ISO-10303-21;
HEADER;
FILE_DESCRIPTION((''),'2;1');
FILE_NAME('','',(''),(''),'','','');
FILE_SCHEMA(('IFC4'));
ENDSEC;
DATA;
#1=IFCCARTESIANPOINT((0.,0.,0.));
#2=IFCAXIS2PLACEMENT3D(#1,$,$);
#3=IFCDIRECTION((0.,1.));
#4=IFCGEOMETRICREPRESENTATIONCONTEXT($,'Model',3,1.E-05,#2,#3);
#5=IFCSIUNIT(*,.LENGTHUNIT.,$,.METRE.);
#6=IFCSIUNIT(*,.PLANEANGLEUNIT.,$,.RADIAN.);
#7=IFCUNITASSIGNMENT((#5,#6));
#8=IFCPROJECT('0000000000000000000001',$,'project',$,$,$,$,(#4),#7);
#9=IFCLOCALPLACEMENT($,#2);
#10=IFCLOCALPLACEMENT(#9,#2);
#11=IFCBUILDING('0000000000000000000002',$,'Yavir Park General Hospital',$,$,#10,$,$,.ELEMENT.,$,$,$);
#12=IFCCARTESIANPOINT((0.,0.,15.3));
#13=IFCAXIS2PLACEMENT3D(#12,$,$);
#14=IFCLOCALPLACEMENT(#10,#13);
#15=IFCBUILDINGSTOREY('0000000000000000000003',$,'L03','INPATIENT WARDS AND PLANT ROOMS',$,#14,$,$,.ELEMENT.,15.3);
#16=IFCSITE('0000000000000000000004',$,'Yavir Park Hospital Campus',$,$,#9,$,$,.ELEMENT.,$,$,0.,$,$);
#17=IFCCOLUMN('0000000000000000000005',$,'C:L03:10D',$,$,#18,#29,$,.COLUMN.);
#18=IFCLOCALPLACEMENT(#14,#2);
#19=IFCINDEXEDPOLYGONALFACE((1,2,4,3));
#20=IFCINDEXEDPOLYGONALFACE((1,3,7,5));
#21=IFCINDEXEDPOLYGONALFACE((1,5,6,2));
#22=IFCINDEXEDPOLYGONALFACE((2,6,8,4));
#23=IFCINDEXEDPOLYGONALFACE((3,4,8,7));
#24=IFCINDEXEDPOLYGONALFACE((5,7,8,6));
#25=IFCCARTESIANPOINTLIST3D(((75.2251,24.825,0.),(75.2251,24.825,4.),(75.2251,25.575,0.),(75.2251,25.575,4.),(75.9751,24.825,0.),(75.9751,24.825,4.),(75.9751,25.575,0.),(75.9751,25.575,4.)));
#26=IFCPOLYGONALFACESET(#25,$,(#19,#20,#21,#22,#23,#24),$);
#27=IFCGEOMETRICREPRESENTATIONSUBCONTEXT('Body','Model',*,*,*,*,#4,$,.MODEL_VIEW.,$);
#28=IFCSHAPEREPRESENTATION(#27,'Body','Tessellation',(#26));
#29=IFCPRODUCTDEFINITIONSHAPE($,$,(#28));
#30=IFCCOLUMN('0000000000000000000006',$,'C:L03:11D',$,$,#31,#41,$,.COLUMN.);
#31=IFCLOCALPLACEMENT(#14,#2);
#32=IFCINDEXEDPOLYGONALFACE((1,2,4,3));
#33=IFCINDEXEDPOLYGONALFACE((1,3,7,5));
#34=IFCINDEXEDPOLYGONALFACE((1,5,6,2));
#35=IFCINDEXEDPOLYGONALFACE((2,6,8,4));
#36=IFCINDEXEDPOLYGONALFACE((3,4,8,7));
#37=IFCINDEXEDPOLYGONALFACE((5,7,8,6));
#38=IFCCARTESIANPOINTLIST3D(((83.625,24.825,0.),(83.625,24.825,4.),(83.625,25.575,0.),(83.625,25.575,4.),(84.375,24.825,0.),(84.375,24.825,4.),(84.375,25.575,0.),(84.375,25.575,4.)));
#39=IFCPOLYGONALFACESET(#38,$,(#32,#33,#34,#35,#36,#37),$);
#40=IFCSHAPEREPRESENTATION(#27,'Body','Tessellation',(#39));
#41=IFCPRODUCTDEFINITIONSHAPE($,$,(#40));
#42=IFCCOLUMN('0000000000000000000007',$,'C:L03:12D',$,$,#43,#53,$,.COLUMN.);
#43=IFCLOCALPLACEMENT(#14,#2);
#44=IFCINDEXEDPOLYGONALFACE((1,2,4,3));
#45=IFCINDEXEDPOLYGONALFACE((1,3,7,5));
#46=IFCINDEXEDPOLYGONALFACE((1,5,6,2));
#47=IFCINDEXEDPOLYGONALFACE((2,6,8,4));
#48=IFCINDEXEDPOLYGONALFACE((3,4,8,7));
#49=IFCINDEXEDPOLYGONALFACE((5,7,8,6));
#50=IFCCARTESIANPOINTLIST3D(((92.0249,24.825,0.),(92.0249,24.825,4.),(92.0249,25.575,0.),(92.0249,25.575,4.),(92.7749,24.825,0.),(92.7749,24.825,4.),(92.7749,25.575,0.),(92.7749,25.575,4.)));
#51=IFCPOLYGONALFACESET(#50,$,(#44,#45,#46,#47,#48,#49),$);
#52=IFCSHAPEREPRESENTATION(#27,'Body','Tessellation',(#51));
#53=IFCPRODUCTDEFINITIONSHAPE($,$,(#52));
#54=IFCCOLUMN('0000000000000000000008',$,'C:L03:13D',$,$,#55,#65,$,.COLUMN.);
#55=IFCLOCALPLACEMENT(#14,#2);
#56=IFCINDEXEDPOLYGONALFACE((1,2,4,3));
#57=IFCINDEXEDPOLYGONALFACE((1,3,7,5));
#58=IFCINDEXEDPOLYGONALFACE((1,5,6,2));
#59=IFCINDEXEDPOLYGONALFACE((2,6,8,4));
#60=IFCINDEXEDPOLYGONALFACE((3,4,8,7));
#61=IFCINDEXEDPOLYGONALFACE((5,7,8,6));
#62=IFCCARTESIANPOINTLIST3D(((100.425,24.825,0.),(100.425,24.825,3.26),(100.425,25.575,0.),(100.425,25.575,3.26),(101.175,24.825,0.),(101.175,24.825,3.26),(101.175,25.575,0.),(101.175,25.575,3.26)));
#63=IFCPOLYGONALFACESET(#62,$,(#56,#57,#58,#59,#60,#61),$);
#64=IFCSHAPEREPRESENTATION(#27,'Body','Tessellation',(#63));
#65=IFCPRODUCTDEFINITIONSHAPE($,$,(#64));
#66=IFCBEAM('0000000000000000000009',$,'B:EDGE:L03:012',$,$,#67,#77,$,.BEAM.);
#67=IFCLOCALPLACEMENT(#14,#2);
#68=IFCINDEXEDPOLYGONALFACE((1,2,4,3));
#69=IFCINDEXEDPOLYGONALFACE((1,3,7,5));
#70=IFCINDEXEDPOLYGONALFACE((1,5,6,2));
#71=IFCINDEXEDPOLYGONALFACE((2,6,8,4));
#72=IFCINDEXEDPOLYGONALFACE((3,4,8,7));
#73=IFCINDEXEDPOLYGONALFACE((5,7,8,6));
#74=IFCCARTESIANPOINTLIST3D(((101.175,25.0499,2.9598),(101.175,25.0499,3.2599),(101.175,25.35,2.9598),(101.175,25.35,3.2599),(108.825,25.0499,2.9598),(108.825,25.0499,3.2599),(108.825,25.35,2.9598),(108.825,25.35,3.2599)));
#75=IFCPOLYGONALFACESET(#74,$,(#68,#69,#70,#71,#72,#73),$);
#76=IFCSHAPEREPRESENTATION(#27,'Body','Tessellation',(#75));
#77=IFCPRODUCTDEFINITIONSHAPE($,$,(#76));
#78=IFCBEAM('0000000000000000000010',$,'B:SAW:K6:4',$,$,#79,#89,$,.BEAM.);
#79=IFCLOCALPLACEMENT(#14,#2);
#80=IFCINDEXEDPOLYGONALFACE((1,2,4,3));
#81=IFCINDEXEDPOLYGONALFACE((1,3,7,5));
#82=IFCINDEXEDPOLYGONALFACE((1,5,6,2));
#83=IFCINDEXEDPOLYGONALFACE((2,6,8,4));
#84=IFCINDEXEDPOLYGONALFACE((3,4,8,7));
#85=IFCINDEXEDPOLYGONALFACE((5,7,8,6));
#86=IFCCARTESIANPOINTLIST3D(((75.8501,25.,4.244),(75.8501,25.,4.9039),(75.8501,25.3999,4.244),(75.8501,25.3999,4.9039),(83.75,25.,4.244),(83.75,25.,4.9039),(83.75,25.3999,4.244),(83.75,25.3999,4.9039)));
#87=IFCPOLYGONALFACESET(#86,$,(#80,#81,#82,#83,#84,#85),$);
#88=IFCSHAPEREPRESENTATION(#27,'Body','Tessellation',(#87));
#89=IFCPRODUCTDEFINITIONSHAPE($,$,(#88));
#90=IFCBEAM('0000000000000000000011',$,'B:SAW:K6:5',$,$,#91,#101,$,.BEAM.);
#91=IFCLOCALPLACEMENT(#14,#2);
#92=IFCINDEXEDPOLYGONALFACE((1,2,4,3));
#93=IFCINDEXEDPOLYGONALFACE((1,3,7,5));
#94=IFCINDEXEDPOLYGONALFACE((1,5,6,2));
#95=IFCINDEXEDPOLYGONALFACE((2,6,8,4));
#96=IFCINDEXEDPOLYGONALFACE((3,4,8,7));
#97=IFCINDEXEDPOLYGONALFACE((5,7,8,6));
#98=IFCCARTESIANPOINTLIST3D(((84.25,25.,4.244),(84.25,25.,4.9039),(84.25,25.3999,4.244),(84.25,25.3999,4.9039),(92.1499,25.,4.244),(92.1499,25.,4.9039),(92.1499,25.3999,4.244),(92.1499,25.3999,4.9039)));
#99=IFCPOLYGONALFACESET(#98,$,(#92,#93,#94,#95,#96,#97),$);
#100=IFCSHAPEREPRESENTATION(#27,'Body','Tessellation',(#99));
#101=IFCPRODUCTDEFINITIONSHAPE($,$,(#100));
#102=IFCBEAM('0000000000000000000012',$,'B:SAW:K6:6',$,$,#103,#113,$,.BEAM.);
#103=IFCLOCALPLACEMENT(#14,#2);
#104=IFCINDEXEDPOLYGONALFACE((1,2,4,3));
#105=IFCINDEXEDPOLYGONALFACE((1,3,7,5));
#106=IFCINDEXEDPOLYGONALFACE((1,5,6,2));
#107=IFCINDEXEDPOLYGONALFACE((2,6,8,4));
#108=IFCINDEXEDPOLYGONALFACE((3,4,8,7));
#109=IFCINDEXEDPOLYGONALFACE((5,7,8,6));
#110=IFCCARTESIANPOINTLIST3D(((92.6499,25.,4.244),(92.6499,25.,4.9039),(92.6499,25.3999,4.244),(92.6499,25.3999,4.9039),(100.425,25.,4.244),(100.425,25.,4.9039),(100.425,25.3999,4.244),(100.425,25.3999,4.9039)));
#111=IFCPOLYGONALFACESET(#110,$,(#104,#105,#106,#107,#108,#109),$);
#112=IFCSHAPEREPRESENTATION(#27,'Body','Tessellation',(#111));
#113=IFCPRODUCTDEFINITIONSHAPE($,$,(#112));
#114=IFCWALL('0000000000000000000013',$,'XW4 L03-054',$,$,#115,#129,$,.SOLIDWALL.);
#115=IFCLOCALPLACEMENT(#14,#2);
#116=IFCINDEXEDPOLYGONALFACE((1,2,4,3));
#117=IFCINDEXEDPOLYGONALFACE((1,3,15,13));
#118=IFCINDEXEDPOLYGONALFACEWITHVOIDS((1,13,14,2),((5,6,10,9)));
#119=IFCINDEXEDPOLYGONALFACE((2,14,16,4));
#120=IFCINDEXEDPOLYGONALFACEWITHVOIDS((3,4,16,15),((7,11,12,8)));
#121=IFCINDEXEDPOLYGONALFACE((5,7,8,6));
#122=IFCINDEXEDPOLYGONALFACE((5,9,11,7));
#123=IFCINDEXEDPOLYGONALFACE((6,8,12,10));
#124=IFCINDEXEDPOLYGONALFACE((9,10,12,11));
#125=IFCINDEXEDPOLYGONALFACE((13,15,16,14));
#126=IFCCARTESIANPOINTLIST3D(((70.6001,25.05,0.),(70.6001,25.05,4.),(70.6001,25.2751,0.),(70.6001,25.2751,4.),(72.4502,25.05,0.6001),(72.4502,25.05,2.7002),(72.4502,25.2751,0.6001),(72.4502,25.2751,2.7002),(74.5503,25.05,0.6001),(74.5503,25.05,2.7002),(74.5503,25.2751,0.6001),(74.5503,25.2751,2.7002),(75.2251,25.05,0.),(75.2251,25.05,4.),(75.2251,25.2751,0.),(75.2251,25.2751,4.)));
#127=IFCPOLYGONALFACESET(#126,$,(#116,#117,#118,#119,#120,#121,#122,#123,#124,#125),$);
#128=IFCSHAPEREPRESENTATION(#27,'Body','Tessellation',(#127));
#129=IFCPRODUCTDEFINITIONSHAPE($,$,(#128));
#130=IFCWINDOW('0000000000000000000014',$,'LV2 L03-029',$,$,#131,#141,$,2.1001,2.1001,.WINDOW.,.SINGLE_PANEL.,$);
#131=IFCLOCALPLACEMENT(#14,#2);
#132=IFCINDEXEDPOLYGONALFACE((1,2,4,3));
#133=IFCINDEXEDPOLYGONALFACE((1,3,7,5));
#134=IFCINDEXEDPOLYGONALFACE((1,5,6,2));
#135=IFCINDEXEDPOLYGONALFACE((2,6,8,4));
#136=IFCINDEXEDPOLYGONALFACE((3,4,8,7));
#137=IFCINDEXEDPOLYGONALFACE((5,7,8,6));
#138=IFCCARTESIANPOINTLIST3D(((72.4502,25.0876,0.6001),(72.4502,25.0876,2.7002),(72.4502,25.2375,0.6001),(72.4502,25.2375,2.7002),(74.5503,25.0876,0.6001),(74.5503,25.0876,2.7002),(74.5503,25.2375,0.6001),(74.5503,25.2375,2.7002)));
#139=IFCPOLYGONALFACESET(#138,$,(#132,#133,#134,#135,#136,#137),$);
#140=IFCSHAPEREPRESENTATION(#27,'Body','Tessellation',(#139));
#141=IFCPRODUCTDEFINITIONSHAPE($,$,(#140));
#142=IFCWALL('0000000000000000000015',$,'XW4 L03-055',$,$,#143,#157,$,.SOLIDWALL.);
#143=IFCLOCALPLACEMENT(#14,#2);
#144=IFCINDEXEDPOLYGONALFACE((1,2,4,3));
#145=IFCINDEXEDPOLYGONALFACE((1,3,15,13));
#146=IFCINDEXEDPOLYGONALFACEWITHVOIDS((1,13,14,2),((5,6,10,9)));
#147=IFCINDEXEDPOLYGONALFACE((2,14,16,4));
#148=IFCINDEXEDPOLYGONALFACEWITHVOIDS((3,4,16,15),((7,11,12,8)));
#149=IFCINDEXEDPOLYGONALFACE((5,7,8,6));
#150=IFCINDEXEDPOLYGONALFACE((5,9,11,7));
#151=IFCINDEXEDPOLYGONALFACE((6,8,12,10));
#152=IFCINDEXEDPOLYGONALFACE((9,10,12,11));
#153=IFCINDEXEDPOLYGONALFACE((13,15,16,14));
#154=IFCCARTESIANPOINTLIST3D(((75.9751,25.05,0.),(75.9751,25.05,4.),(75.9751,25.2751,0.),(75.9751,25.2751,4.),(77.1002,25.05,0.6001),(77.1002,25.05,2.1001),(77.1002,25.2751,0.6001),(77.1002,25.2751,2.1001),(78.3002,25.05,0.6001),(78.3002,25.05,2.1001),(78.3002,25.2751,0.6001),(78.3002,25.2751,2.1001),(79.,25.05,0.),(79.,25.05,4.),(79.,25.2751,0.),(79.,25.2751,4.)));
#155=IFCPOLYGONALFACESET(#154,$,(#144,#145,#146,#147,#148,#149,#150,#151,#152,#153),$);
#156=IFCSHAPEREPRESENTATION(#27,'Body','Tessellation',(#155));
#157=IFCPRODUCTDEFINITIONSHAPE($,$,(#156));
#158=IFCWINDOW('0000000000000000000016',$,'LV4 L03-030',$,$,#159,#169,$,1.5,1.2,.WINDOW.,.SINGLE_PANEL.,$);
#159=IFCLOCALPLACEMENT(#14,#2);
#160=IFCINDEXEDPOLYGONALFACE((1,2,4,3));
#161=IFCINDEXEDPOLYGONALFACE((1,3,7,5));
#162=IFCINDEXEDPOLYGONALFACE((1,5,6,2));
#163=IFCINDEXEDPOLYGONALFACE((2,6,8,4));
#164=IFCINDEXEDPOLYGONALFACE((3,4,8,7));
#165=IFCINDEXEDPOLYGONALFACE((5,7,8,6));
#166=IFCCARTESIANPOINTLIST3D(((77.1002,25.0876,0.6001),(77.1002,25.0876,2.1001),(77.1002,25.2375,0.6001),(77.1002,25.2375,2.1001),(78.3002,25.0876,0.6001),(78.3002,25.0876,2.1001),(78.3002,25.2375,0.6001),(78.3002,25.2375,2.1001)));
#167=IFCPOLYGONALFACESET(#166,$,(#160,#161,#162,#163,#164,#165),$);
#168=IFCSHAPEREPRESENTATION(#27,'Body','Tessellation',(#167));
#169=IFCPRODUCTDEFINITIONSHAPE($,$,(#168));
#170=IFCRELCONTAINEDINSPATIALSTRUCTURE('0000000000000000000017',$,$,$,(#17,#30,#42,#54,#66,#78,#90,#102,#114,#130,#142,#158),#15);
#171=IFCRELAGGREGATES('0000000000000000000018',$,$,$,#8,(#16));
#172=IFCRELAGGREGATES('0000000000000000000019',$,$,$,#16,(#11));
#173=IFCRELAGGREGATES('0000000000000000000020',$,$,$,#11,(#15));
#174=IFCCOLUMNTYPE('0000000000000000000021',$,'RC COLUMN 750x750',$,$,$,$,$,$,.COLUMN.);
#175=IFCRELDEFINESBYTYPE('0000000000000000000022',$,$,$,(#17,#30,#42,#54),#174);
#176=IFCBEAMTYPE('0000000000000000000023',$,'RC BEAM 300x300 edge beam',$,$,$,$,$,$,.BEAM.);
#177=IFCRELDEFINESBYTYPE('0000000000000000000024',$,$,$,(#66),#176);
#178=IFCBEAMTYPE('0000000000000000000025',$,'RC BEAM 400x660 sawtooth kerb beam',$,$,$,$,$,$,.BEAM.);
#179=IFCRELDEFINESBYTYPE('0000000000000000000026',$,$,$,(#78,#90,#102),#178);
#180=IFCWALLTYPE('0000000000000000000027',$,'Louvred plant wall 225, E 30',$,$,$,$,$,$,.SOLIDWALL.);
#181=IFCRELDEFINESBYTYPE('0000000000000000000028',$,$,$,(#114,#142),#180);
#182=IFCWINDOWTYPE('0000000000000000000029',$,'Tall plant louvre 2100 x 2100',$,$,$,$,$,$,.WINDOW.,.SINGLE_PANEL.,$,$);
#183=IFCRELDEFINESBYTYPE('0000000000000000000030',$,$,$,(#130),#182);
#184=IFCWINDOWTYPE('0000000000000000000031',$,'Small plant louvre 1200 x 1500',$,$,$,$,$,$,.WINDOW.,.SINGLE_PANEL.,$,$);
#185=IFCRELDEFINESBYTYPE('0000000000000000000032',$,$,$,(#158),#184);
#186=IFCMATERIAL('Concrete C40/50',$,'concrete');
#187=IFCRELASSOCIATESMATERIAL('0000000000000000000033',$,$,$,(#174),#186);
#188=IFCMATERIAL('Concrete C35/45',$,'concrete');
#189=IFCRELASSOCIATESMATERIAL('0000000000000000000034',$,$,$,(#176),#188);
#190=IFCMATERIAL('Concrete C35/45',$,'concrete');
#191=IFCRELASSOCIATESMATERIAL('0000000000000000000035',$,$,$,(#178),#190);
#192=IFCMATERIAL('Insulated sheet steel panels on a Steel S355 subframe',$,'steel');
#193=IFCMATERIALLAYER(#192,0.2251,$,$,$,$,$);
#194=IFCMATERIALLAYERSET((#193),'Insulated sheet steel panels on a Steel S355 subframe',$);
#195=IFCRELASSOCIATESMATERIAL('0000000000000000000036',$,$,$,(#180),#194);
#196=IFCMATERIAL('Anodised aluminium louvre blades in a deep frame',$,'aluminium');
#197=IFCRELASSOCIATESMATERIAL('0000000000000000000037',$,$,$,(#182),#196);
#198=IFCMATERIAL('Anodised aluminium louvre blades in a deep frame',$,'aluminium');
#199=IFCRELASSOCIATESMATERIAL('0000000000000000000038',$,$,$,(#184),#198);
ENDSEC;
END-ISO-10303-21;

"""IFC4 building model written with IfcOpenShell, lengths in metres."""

from ifc_helpers import new_model, si_unit, direction, frame, frame_2d, origin, origin_2d, place, context, subcontext, project, spatial, rectangle, extrude, material, layer, layer_set, material_profile, profile_set, type_object, element, fill, save


model = new_model("IFC4")

# Units and contexts
model_context = context("Model", 3, precision=1e-05, world=origin(), true_north=direction((0.0, 1.0)))
body_context = subcontext(model_context, "Body", "Model", "MODEL_VIEW")
ifc_project = project(units=[si_unit("LENGTHUNIT", "METRE"), si_unit("PLANEANGLEUNIT", "RADIAN")], contexts=[model_context])

# Site, building, storey
site_placement = place(None, origin())
site = spatial("IfcSite", under=ifc_project, at=site_placement, Name="Yavir Park Hospital Campus", CompositionType="ELEMENT", RefElevation=0.0)
building_placement = place(site_placement, origin())
building = spatial("IfcBuilding", under=site, at=building_placement, Name="Yavir Park General Hospital", CompositionType="ELEMENT")
storey_placement = place(building_placement, frame((0.0, 0.0, 15.3)))
storey = spatial("IfcBuildingStorey", under=building, at=storey_placement, Name="L03", Description="INPATIENT WARDS AND PLANT ROOMS", CompositionType="ELEMENT", Elevation=15.3)

# Columns
ifc_material_1 = material(Name="Concrete C40/50", Category="concrete")
ifc_material_profile_1 = material_profile(ifc_material_1, rectangle(XDim=0.75, YDim=0.75, at=origin_2d()), Name="RC750x750")
ifc_profile_set_1 = profile_set([ifc_material_profile_1], Name="Concrete C40/50")
column_type = type_object("IfcColumnType", Name="RC COLUMN 750x750", PredefinedType="COLUMN", material=ifc_profile_set_1)
for number, where, z_axis, x_axis, name in (
    (1, (75.6001, 25.2, 0.0), (0.0, 0.0, 1.0), (1.0, 0.0, 0.0), "C:L03:10D"),
    (2, (84.0, 25.2, 0.0), (0.0, 0.0, 1.0), (1.0, 0.0, 0.0), "C:L03:11D"),
    (3, (92.3999, 25.2, 0.0), (0.0, 0.0, 1.0), (1.0, 0.0, 0.0), "C:L03:12D"),
):
    element("IfcColumn", number, at=place(storey_placement, frame(where, z_axis=z_axis, x_axis=x_axis)), inside=storey, type_object=column_type, Name=name, PredefinedType="COLUMN", context=body_context, shape_type="SweptSolid", body=[
        extrude(rectangle(XDim=0.75, YDim=0.75, at=origin_2d()), origin(), (0.0, 0.0, 1.0), 4.0),
    ])
column_placement = place(storey_placement, frame((100.8, 25.2, 0.0), z_axis=(0.0, 0.0, 1.0), x_axis=(1.0, 0.0, 0.0)))
element("IfcColumn", 4, at=column_placement, inside=storey, type_object=column_type, Name="C:L03:13D", PredefinedType="COLUMN", context=body_context, shape_type="SweptSolid", body=[
    extrude(rectangle(XDim=0.75, YDim=0.75, at=origin_2d()), origin(), (0.0, 0.0, 1.0), 3.26),
])

# Beams
ifc_material_2 = material(Name="Concrete C35/45", Category="concrete")
ifc_material_profile_2 = material_profile(ifc_material_2, rectangle(XDim=0.3, YDim=0.3, at=origin_2d()), Name="RC300x300")
ifc_profile_set_2 = profile_set([ifc_material_profile_2], Name="Concrete C35/45")
beam_type_1 = type_object("IfcBeamType", Name="RC BEAM 300x300 edge beam", PredefinedType="BEAM", material=ifc_profile_set_2)
beam_1_placement = place(storey_placement, frame((101.175, 25.2, 3.1099), z_axis=(1.0, 0.0, 0.0), x_axis=(0.0, 1.0, 0.0)))
element("IfcBeam", 5, at=beam_1_placement, inside=storey, type_object=beam_type_1, Name="B:EDGE:L03:012", PredefinedType="BEAM", context=body_context, shape_type="SweptSolid", body=[
    extrude(rectangle(XDim=0.3, YDim=0.3, at=origin_2d()), origin(), (0.0, 0.0, 1.0), 7.6499),
])
ifc_material_3 = material(Name="Concrete C35/45", Category="concrete")
ifc_material_profile_3 = material_profile(ifc_material_3, rectangle(XDim=0.3999, YDim=0.6599, at=origin_2d()), Name="RC400x660")
ifc_profile_set_3 = profile_set([ifc_material_profile_3], Name="Concrete C35/45")
beam_type_2 = type_object("IfcBeamType", Name="RC BEAM 400x660 sawtooth kerb beam", PredefinedType="BEAM", material=ifc_profile_set_3)
for number, where, z_axis, x_axis, name in (
    (6, (75.8501, 25.2, 4.574), (1.0, 0.0, 0.0), (0.0, 1.0, 0.0), "B:SAW:K6:4"),
    (7, (84.25, 25.2, 4.574), (1.0, 0.0, 0.0), (0.0, 1.0, 0.0), "B:SAW:K6:5"),
):
    element("IfcBeam", number, at=place(storey_placement, frame(where, z_axis=z_axis, x_axis=x_axis)), inside=storey, type_object=beam_type_2, Name=name, PredefinedType="BEAM", context=body_context, shape_type="SweptSolid", body=[
        extrude(rectangle(XDim=0.3999, YDim=0.6599, at=origin_2d()), origin(), (0.0, 0.0, 1.0), 7.8999),
    ])
beam_2_placement = place(storey_placement, frame((92.6499, 25.2, 4.574), z_axis=(1.0, 0.0, 0.0), x_axis=(0.0, 1.0, 0.0)))
element("IfcBeam", 8, at=beam_2_placement, inside=storey, type_object=beam_type_2, Name="B:SAW:K6:6", PredefinedType="BEAM", context=body_context, shape_type="SweptSolid", body=[
    extrude(rectangle(XDim=0.3999, YDim=0.6599, at=origin_2d()), origin(), (0.0, 0.0, 1.0), 7.7751),
])

# Walls, openings, windows
ifc_material_4 = material(Name="Insulated sheet steel panels on a Steel S355 subframe", Category="steel")
ifc_layer_1 = layer(ifc_material_4, 0.2251)
ifc_layer_set_1 = layer_set([ifc_layer_1], Name="Insulated sheet steel panels on a Steel S355 subframe")
wall_type_1 = type_object("IfcWallType", Name="Louvred plant wall 225, E 30", PredefinedType="SOLIDWALL", material=ifc_layer_set_1)
wall_1_placement = place(storey_placement, frame((70.6001, 25.1626, 0.0), z_axis=(0.0, 0.0, 1.0), x_axis=(1.0, 0.0, 0.0)))
wall_1 = element("IfcWall", 9, at=wall_1_placement, inside=storey, type_object=wall_type_1, Name="XW4 L03-054", PredefinedType="SOLIDWALL", context=body_context, shape_type="SweptSolid", body=[
    extrude(rectangle(XDim=4.625, YDim=0.2251, at=frame_2d((2.3125, 0.0))), origin(), (0.0, 0.0, 1.0), 4.0),
])
opening_1_placement = place(wall_1_placement, frame((1.8501, 0.0, 0.6001)))
opening_1 = element("IfcOpeningElement", 10, at=opening_1_placement, cuts=wall_1, PredefinedType="OPENING", context=body_context, shape_type="SweptSolid", body=[
    extrude(rectangle(XDim=2.1001, YDim=2.1001, at=frame_2d((1.05, 1.05))), frame((0.0, 0.1226, 0.0), z_axis=(0.0, -1.0, 0.0), x_axis=(1.0, 0.0, 0.0)), (0.0, 0.0, 1.0), 0.2451),
])
ifc_material_5 = material(Name="Anodised aluminium louvre blades in a deep frame", Category="aluminium")
window_type_1 = type_object("IfcWindowType", Name="Tall plant louvre 2100 x 2100", PartitioningType="SINGLE_PANEL", PredefinedType="WINDOW", material=ifc_material_5)
window_1_placement = place(opening_1_placement, origin())
window_1 = element("IfcWindow", 11, at=window_1_placement, inside=storey, type_object=window_type_1, Name="LV2 L03-029", OverallHeight=2.1001, OverallWidth=2.1001, PartitioningType="SINGLE_PANEL", PredefinedType="WINDOW", context=body_context, shape_type="SweptSolid", body=[
    extrude(rectangle(XDim=2.1001, YDim=2.1001, at=frame_2d((1.05, 1.05))), frame((0.0, 0.075, 0.0), z_axis=(0.0, -1.0, 0.0), x_axis=(1.0, 0.0, 0.0)), (0.0, 0.0, 1.0), 0.1499),
])
fill(opening_1, window_1)
wall_2_placement = place(storey_placement, frame((75.9751, 25.1626, 0.0), z_axis=(0.0, 0.0, 1.0), x_axis=(1.0, 0.0, 0.0)))
wall_2 = element("IfcWall", 12, at=wall_2_placement, inside=storey, type_object=wall_type_1, Name="XW4 L03-055", PredefinedType="SOLIDWALL", context=body_context, shape_type="SweptSolid", body=[
    extrude(rectangle(XDim=3.0249, YDim=0.2251, at=frame_2d((1.5125, 0.0))), origin(), (0.0, 0.0, 1.0), 4.0),
])
opening_2_placement = place(wall_2_placement, frame((1.125, 0.0, 0.6001)))
opening_2 = element("IfcOpeningElement", 13, at=opening_2_placement, cuts=wall_2, PredefinedType="OPENING", context=body_context, shape_type="SweptSolid", body=[
    extrude(rectangle(XDim=1.2, YDim=1.5, at=frame_2d((0.6001, 0.75))), frame((0.0, 0.1226, 0.0), z_axis=(0.0, -1.0, 0.0), x_axis=(1.0, 0.0, 0.0)), (0.0, 0.0, 1.0), 0.2451),
])
ifc_material_6 = material(Name="Anodised aluminium louvre blades in a deep frame", Category="aluminium")
window_type_2 = type_object("IfcWindowType", Name="Small plant louvre 1200 x 1500", PartitioningType="SINGLE_PANEL", PredefinedType="WINDOW", material=ifc_material_6)
window_2_placement = place(opening_2_placement, origin())
window_2 = element("IfcWindow", 14, at=window_2_placement, inside=storey, type_object=window_type_2, Name="LV4 L03-030", OverallHeight=1.5, OverallWidth=1.2, PartitioningType="SINGLE_PANEL", PredefinedType="WINDOW", context=body_context, shape_type="SweptSolid", body=[
    extrude(rectangle(XDim=1.2, YDim=1.5, at=frame_2d((0.6001, 0.75))), frame((0.0, 0.075, 0.0), z_axis=(0.0, -1.0, 0.0), x_axis=(1.0, 0.0, 0.0)), (0.0, 0.0, 1.0), 0.1499),
])
fill(opening_2, window_2)

save(model, "model.ifc")
